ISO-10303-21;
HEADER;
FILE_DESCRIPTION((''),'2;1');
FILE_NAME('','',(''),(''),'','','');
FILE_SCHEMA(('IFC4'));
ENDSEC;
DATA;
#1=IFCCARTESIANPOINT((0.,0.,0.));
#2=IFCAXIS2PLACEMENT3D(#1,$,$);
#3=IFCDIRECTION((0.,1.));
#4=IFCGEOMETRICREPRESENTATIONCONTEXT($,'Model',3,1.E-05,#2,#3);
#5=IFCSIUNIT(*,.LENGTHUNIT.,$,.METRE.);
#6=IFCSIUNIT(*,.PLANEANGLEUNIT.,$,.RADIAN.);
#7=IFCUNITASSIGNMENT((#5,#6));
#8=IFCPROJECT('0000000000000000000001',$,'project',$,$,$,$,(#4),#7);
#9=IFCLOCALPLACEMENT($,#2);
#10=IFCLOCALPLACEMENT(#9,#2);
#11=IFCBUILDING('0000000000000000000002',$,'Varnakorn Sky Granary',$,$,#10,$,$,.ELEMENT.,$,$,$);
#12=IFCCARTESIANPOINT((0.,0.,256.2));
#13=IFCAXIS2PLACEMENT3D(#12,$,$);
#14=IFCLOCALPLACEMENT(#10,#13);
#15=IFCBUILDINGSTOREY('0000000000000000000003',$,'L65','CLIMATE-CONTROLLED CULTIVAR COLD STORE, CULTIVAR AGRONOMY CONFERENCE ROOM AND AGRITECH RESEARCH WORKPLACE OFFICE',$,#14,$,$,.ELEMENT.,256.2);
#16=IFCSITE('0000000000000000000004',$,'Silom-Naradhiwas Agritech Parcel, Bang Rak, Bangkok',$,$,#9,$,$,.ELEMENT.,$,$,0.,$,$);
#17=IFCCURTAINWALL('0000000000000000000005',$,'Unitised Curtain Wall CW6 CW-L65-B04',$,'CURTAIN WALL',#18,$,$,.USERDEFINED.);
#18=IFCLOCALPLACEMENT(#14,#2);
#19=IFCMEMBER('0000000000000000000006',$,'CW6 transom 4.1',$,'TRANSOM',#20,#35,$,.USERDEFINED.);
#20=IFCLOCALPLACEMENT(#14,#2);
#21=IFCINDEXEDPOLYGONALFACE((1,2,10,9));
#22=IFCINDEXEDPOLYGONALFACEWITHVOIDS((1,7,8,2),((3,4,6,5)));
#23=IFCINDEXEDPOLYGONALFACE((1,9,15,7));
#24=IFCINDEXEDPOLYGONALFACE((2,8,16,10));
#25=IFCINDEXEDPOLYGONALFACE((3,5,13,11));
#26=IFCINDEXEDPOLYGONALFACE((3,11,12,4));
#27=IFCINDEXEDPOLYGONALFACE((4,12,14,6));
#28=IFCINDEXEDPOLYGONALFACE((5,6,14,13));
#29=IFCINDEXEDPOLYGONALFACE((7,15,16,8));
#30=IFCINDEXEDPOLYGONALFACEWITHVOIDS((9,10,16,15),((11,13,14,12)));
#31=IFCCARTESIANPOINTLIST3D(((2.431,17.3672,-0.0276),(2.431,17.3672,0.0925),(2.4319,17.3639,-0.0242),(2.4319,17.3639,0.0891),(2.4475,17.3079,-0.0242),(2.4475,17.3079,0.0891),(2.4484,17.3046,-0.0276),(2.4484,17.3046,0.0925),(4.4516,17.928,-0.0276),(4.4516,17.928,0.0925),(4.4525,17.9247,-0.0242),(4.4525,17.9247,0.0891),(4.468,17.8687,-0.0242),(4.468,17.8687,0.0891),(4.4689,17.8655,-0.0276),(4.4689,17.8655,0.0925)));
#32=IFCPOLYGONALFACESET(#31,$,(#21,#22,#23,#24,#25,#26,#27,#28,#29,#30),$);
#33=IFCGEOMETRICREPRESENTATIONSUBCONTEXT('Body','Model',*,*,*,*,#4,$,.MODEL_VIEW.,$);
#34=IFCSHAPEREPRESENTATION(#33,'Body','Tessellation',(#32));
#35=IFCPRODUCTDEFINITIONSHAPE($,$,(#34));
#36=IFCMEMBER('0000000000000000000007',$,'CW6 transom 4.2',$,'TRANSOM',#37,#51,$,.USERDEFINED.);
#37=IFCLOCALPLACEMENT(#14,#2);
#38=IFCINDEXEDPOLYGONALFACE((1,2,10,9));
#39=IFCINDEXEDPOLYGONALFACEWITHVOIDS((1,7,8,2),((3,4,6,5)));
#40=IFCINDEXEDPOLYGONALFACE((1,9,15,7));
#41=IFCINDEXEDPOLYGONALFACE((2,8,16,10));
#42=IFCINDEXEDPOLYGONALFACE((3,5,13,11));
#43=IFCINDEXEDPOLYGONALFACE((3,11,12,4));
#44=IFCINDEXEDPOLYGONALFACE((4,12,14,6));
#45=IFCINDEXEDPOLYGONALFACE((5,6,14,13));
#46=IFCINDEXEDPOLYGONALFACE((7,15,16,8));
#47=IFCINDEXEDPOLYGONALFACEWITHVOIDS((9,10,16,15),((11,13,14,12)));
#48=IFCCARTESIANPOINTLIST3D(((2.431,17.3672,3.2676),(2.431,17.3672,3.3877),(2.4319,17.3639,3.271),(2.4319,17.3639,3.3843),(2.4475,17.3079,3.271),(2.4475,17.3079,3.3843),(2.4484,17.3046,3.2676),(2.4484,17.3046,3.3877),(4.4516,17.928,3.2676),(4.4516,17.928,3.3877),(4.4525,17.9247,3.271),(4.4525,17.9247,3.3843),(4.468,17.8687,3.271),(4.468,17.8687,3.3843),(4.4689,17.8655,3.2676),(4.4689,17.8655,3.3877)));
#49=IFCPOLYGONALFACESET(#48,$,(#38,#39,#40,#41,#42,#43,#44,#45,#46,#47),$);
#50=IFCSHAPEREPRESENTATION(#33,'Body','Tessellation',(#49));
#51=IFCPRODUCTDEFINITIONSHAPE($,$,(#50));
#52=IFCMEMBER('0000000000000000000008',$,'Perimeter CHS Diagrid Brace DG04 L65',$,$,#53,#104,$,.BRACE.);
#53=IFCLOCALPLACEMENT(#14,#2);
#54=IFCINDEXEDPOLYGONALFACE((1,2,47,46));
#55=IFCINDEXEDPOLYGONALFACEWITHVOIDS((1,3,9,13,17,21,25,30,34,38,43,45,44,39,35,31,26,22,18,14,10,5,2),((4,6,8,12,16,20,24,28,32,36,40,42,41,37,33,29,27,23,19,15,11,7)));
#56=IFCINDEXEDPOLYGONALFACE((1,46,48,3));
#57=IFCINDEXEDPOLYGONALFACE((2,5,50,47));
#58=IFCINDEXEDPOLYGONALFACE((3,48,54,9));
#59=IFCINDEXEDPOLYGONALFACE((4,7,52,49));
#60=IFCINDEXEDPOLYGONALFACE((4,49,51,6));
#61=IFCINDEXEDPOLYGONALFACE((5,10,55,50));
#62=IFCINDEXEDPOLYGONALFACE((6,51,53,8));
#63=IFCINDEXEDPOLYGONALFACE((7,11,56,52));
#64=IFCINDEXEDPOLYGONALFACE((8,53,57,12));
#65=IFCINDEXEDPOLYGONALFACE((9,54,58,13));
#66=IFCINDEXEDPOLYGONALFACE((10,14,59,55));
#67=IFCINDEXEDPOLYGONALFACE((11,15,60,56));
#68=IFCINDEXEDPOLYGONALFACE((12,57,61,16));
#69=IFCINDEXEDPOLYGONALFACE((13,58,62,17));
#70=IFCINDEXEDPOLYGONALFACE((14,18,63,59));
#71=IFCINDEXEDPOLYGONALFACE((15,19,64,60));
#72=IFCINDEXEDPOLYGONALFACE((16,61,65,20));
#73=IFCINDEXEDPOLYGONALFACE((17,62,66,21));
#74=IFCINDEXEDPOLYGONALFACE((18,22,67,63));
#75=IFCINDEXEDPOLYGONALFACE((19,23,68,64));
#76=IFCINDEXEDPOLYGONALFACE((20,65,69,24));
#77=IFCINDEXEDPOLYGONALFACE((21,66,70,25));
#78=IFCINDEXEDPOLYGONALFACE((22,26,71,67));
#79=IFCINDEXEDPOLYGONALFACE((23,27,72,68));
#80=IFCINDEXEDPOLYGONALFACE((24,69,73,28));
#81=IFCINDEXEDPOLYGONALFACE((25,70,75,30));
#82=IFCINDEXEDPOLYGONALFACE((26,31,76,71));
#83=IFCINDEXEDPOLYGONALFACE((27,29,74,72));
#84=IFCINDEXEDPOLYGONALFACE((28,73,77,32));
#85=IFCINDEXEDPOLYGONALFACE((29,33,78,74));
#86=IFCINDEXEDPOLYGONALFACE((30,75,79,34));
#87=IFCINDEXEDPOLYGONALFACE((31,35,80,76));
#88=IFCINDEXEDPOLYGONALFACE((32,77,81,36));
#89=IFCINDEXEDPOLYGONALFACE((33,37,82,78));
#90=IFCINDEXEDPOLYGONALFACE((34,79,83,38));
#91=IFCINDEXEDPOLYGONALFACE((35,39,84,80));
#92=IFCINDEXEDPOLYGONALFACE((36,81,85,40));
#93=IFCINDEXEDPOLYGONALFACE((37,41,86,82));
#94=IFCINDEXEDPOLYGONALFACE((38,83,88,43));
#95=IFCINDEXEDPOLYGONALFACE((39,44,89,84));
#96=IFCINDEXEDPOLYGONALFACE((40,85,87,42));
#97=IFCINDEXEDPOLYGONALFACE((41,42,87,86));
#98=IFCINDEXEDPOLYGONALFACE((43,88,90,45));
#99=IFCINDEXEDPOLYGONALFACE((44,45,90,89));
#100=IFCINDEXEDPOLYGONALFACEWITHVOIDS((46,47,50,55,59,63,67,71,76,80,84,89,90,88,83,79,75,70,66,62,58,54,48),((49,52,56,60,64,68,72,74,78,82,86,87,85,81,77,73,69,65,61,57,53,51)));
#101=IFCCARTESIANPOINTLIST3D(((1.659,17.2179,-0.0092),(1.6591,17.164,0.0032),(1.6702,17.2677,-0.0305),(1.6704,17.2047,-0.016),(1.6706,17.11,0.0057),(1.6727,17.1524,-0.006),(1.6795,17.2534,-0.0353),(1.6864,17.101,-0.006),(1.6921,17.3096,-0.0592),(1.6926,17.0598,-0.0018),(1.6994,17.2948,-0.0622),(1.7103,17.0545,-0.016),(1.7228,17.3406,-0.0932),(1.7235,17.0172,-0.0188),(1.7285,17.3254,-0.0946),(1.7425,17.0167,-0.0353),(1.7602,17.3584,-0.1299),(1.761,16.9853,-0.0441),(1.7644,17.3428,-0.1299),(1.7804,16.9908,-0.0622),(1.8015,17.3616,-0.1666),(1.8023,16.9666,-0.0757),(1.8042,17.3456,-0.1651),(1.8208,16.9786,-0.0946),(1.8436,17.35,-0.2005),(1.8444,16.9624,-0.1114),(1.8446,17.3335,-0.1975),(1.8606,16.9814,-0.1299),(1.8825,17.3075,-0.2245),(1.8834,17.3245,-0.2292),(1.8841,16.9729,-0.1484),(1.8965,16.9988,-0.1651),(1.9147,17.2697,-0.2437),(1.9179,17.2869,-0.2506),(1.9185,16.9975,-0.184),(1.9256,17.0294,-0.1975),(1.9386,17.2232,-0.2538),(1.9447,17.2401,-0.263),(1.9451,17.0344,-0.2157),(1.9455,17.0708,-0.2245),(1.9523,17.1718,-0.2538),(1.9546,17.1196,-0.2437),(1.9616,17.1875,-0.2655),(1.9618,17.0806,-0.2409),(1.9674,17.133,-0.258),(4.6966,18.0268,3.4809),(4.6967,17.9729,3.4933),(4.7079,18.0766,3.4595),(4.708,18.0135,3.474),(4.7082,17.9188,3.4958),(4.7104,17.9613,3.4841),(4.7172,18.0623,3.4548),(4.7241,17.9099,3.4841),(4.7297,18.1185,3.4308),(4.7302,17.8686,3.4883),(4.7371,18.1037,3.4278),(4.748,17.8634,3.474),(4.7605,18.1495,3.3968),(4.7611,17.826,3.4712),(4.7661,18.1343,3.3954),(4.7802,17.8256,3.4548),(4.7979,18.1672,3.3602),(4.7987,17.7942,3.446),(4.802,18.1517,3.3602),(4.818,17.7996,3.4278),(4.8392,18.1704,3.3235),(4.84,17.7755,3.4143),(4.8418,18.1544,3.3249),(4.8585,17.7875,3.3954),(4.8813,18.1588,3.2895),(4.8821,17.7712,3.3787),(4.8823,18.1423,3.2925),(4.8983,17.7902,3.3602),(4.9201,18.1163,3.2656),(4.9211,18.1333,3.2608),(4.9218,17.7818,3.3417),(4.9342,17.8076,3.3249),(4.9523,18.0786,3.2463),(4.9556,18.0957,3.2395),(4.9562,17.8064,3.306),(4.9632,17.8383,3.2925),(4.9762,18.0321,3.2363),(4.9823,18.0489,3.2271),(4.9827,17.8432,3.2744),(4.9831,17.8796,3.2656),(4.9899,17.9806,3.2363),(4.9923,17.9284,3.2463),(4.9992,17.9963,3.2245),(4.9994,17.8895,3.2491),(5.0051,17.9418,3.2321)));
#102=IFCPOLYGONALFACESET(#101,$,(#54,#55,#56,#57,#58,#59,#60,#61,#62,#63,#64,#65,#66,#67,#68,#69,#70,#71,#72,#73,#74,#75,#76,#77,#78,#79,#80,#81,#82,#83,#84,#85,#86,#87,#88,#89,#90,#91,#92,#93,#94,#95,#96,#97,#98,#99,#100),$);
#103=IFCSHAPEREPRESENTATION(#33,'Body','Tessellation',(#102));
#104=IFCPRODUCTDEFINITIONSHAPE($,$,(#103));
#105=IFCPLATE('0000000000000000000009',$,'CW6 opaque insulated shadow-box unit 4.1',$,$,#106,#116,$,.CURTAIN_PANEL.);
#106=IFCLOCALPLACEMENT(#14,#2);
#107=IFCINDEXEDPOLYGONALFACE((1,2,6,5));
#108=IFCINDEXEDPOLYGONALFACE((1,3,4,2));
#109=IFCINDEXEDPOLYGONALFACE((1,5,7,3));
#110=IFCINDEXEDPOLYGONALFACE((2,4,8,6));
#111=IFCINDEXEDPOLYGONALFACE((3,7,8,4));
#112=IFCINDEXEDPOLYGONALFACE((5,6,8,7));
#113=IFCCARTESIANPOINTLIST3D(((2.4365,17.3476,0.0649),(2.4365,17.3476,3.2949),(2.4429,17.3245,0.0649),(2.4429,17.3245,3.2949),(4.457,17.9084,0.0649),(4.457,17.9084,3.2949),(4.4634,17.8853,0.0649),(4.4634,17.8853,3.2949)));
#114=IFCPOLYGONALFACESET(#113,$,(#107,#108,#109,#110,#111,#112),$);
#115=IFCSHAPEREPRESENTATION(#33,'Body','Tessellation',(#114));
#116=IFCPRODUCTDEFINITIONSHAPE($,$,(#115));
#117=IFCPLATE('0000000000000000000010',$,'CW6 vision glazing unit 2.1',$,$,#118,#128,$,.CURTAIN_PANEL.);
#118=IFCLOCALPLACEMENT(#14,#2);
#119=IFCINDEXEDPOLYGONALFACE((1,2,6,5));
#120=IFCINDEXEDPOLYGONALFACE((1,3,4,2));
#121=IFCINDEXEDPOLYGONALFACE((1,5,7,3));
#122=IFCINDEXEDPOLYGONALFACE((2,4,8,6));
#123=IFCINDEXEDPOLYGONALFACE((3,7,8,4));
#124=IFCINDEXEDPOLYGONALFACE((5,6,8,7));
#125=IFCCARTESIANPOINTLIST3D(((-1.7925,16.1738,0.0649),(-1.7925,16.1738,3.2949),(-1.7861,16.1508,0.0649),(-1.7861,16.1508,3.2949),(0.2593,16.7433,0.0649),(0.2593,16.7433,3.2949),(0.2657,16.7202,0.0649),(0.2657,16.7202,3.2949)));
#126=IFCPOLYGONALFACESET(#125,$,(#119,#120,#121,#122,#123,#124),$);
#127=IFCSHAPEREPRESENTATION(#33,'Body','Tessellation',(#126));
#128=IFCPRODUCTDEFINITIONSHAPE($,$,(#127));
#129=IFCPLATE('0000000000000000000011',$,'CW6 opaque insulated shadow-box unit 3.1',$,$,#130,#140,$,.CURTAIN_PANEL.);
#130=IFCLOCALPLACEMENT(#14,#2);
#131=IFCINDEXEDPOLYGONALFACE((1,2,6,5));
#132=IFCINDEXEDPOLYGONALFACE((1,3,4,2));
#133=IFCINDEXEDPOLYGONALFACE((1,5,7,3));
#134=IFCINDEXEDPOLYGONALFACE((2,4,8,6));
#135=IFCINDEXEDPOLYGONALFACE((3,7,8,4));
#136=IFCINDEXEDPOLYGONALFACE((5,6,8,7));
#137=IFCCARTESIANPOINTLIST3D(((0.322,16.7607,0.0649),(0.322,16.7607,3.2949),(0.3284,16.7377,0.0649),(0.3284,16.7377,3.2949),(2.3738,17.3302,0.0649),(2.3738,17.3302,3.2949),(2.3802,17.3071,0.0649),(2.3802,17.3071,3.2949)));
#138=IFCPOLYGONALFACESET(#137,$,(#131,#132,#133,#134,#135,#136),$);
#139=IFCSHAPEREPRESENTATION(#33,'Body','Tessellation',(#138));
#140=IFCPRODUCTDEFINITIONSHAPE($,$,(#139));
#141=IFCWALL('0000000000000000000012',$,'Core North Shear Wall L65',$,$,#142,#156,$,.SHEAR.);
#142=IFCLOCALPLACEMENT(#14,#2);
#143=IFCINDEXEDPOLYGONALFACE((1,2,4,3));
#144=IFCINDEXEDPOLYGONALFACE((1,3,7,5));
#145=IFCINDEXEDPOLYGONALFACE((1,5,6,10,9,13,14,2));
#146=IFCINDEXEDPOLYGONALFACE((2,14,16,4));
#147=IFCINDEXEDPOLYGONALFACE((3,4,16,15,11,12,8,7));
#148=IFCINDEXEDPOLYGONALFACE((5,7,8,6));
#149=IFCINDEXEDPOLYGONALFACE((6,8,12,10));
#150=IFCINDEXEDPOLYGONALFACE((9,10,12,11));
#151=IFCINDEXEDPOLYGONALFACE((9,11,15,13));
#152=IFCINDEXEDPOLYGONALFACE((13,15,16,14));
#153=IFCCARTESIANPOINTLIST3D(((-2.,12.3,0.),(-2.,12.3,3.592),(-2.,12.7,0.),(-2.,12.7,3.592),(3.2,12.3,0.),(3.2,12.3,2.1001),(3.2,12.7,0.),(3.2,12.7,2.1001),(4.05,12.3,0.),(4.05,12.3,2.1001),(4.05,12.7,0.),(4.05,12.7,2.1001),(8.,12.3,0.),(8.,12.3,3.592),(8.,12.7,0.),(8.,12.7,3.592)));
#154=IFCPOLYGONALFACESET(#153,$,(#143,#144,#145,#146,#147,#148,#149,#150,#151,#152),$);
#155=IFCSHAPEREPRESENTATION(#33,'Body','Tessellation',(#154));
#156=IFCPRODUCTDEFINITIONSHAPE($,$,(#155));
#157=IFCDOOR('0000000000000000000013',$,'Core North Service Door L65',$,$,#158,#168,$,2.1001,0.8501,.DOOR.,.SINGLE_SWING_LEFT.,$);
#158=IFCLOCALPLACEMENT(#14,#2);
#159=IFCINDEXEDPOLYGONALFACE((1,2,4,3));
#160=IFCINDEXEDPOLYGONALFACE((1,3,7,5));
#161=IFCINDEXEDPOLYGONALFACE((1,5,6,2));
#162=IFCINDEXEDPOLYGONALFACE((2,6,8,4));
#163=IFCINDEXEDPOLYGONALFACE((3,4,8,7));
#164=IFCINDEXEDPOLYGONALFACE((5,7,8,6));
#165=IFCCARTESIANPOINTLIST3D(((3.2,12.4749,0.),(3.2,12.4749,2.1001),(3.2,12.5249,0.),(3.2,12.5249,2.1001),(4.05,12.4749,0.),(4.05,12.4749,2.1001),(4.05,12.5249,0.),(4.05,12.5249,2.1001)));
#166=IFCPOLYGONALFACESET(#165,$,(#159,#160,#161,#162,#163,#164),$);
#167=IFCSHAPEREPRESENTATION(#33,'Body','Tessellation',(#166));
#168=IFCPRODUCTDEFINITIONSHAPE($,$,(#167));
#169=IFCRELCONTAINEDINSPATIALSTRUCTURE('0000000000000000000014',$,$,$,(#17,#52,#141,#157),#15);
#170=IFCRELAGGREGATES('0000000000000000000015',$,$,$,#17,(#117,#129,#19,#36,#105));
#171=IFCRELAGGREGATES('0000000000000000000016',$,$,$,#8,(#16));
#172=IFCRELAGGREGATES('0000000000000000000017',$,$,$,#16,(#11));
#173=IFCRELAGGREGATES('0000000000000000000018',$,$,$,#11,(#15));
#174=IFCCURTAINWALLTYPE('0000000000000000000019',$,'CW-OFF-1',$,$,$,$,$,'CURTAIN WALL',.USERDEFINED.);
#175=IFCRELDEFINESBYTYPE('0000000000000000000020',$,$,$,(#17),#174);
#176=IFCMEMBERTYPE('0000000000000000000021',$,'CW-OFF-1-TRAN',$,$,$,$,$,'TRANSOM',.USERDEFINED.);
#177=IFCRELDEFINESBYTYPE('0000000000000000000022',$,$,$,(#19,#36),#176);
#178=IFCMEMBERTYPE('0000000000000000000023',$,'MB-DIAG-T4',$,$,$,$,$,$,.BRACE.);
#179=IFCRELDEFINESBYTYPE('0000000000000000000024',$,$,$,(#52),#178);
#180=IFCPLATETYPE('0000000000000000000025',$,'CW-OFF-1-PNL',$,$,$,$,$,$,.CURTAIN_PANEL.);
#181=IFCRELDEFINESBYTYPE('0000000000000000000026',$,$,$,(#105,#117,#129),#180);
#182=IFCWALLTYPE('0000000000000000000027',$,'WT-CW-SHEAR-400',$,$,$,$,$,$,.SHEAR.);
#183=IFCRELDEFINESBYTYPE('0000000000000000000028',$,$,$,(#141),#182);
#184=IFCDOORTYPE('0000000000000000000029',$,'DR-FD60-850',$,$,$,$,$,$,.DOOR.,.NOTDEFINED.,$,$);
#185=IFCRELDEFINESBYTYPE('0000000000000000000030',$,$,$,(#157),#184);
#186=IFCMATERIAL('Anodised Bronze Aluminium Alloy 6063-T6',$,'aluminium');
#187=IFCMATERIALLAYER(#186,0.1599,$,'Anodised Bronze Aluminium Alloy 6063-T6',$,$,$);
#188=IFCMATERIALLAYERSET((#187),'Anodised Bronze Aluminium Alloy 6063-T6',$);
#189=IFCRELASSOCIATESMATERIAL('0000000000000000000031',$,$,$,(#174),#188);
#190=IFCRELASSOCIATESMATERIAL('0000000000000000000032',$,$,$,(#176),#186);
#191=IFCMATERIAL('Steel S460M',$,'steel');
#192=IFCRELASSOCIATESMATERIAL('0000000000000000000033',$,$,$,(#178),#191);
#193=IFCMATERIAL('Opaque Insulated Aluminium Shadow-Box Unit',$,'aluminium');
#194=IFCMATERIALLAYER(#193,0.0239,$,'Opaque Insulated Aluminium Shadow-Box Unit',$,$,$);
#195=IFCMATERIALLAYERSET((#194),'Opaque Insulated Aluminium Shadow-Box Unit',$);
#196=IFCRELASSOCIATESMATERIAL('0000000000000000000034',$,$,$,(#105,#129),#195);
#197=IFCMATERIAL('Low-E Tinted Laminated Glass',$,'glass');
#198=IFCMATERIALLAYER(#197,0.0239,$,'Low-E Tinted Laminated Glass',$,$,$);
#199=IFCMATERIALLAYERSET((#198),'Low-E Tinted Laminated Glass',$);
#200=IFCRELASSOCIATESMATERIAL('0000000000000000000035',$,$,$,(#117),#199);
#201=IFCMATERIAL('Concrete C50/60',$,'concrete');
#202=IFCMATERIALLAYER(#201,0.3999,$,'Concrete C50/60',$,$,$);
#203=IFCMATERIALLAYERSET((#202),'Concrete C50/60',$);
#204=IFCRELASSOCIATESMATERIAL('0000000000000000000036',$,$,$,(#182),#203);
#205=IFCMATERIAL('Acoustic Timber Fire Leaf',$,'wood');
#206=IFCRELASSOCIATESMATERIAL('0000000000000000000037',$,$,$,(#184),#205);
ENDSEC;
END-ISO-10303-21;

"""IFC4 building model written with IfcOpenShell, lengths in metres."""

from ifc_helpers import new_model, si_unit, direction, frame, frame_2d, origin, origin_2d, place, context, subcontext, project, spatial, rectangle, hollow_rectangle, hollow_circle, extrude, source, transform, mapped, material, layer, layer_set, material_profile, profile_set, type_object, type_shapes, element, fill, aggregate, save


model = new_model("IFC4")

# Units and contexts
model_context = context("Model", 3, precision=1e-05, world=origin(), true_north=direction((0.0, 1.0)))
body_context = subcontext(model_context, "Body", "Model", "MODEL_VIEW")
ifc_project = project(units=[si_unit("LENGTHUNIT", "METRE"), si_unit("PLANEANGLEUNIT", "RADIAN")], contexts=[model_context])

# Site, building, storey
site_placement = place(None, origin())
site = spatial("IfcSite", under=ifc_project, at=site_placement, Name="Silom-Naradhiwas Agritech Parcel, Bang Rak, Bangkok", CompositionType="ELEMENT", RefElevation=0.0)
building_placement = place(site_placement, origin())
building = spatial("IfcBuilding", under=site, at=building_placement, Name="Varnakorn Sky Granary", CompositionType="ELEMENT")
storey_placement = place(building_placement, frame((0.0, 0.0, 256.2)))
storey = spatial("IfcBuildingStorey", under=building, at=storey_placement, Name="L65", Description="CLIMATE-CONTROLLED CULTIVAR COLD STORE, CULTIVAR AGRONOMY CONFERENCE ROOM AND AGRITECH RESEARCH WORKPLACE OFFICE", CompositionType="ELEMENT", Elevation=256.2)

# Curtain wall, members
ifc_material_1 = material(Name="Anodised Bronze Aluminium Alloy 6063-T6", Category="aluminium")
ifc_layer_1 = layer(ifc_material_1, 0.1599, Name="Anodised Bronze Aluminium Alloy 6063-T6")
ifc_layer_set_1 = layer_set([ifc_layer_1], Name="Anodised Bronze Aluminium Alloy 6063-T6")
curtain_wall_type = type_object("IfcCurtainWallType", Name="CW-OFF-1", ElementType="CURTAIN WALL", PredefinedType="USERDEFINED", material=ifc_layer_set_1)
curtain_wall_placement = place(storey_placement, origin())
curtain_wall = element("IfcCurtainWall", 1, at=curtain_wall_placement, inside=storey, type_object=curtain_wall_type, Name="Unitised Curtain Wall CW6 CW-L65-B04", ObjectType="CURTAIN WALL", PredefinedType="USERDEFINED")
ifc_material_profile_1 = material_profile(ifc_material_1, hollow_rectangle(XDim=0.0649, YDim=0.1201, WallThickness=0.0034, at=origin_2d()), Name="ALU TRAN 65x120")
ifc_profile_set_1 = profile_set([ifc_material_profile_1], Name="Anodised Bronze Aluminium Alloy 6063-T6")
member_type_1 = type_object("IfcMemberType", Name="CW-OFF-1-TRAN", ElementType="TRANSOM", PredefinedType="USERDEFINED", material=ifc_profile_set_1)
member_1_placement = place(storey_placement, frame((2.4397, 17.3359, 0.0325), z_axis=(0.963575, 0.26744, 0.0), x_axis=(-0.26744, 0.963575, 0.0)))
member_1 = element("IfcMember", 2, at=member_1_placement, type_object=member_type_1, Name="CW6 transom 4.1", ObjectType="TRANSOM", PredefinedType="USERDEFINED", context=body_context, shape_type="SweptSolid", body=[
    extrude(hollow_rectangle(XDim=0.0649, YDim=0.1201, WallThickness=0.0034, at=origin_2d()), origin(), (0.0, 0.0, 1.0), 2.0969),
])
member_2_placement = place(storey_placement, frame((2.4397, 17.3359, 3.3276), z_axis=(0.963575, 0.26744, 0.0), x_axis=(-0.26744, 0.963575, 0.0)))
member_2 = element("IfcMember", 3, at=member_2_placement, type_object=member_type_1, Name="CW6 transom 4.2", ObjectType="TRANSOM", PredefinedType="USERDEFINED", context=body_context, shape_type="SweptSolid", body=[
    extrude(hollow_rectangle(XDim=0.0649, YDim=0.1201, WallThickness=0.0034, at=origin_2d()), origin(), (0.0, 0.0, 1.0), 2.0969),
])

# Member
ifc_material_2 = material(Name="Steel S460M", Category="steel")
ifc_material_profile_2 = material_profile(ifc_material_2, hollow_circle(Radius=0.2031, WallThickness=0.0161, at=origin_2d()), Name="CHS 406.4x16")
ifc_profile_set_2 = profile_set([ifc_material_profile_2], Name="Steel S460M")
member_type_2 = type_object("IfcMemberType", Name="MB-DIAG-T4", PredefinedType="BRACE", material=ifc_profile_set_2)
member_3_placement = place(storey_placement, frame((1.8125, 17.1621, -0.1299), z_axis=(0.646718, 0.172205, 0.743035), x_axis=(-0.25731, 0.966329, 0.0)))
element("IfcMember", 4, at=member_3_placement, inside=storey, type_object=member_type_2, Name="Perimeter CHS Diagrid Brace DG04 L65", PredefinedType="BRACE", context=body_context, shape_type="SweptSolid", body=[
    extrude(hollow_circle(Radius=0.2031, WallThickness=0.0161, at=origin_2d()), origin(), (0.0, 0.0, 1.0), 4.697),
])

# Plates
ifc_material_3 = material(Name="Opaque Insulated Aluminium Shadow-Box Unit", Category="aluminium")
ifc_layer_2 = layer(ifc_material_3, 0.0239, Name="Opaque Insulated Aluminium Shadow-Box Unit")
ifc_layer_set_2 = layer_set([ifc_layer_2], Name="Opaque Insulated Aluminium Shadow-Box Unit")
plate_type = type_object("IfcPlateType", Name="CW-OFF-1-PNL", PredefinedType="CURTAIN_PANEL")
shared_shape_1 = source(origin(), body_context, "Body", "SweptSolid", [
    extrude(rectangle(XDim=2.0969, YDim=0.0239, at=origin_2d()), origin(), (0.0, 0.0, 1.0), 3.23),
])
plate_1_placement = place(storey_placement, frame((3.45, 17.6165, 0.0649), z_axis=(0.0, 0.0, 1.0), x_axis=(0.963577, 0.267429, 0.0)))
plate_1 = element("IfcPlate", 5, at=plate_1_placement, type_object=plate_type, material=ifc_layer_set_2, Name="CW6 opaque insulated shadow-box unit 4.1", PredefinedType="CURTAIN_PANEL", context=body_context, shape_type="MappedRepresentation", body=[
    mapped(shared_shape_1, transform((0.0, 0.0, 0.0), x_axis=(1.0, 0.0, 0.0), y_axis=(0.0, 1.0, 0.0), z_axis=(0.0, 0.0, 1.0), scale=1.0)),
])
ifc_material_4 = material(Name="Low-E Tinted Laminated Glass", Category="glass")
ifc_layer_3 = layer(ifc_material_4, 0.0239, Name="Low-E Tinted Laminated Glass")
ifc_layer_set_3 = layer_set([ifc_layer_3], Name="Low-E Tinted Laminated Glass")
shared_shape_2 = source(origin(), body_context, "Body", "SweptSolid", [
    extrude(rectangle(XDim=2.1294, YDim=0.0239, at=origin_2d()), origin(), (0.0, 0.0, 1.0), 3.23),
])
type_shapes(plate_type, [shared_shape_1, shared_shape_2])
plate_2_placement = place(storey_placement, frame((-0.7634, 16.447, 0.0649), z_axis=(0.0, 0.0, 1.0), x_axis=(0.963577, 0.267429, 0.0)))
plate_2 = element("IfcPlate", 6, at=plate_2_placement, type_object=plate_type, material=ifc_layer_set_3, Name="CW6 vision glazing unit 2.1", PredefinedType="CURTAIN_PANEL", context=body_context, shape_type="MappedRepresentation", body=[
    mapped(shared_shape_2, transform((0.0, 0.0, 0.0), x_axis=(1.0, 0.0, 0.0), y_axis=(0.0, 1.0, 0.0), z_axis=(0.0, 0.0, 1.0), scale=1.0)),
])
plate_3_placement = place(storey_placement, frame((1.3511, 17.0339, 0.0649), z_axis=(0.0, 0.0, 1.0), x_axis=(0.963577, 0.267429, 0.0)))
plate_3 = element("IfcPlate", 7, at=plate_3_placement, type_object=plate_type, material=ifc_layer_set_2, Name="CW6 opaque insulated shadow-box unit 3.1", PredefinedType="CURTAIN_PANEL", context=body_context, shape_type="MappedRepresentation", body=[
    mapped(shared_shape_2, transform((0.0, 0.0, 0.0), x_axis=(1.0, 0.0, 0.0), y_axis=(0.0, 1.0, 0.0), z_axis=(0.0, 0.0, 1.0), scale=1.0)),
])
aggregate(curtain_wall, [plate_2, plate_3, member_1, member_2, plate_1])

# Wall, opening, door
ifc_material_5 = material(Name="Concrete C50/60", Category="concrete")
ifc_layer_4 = layer(ifc_material_5, 0.3999, Name="Concrete C50/60")
ifc_layer_set_4 = layer_set([ifc_layer_4], Name="Concrete C50/60")
wall_type_1 = type_object("IfcWallType", Name="WT-CW-SHEAR-400", PredefinedType="SHEAR", material=ifc_layer_set_4)
wall_1_placement = place(storey_placement, frame((-2.0, 12.5, 0.0), z_axis=(0.0, 0.0, 1.0), x_axis=(1.0, 0.0, 0.0)))
wall_1 = element("IfcWall", 8, at=wall_1_placement, inside=storey, type_object=wall_type_1, Name="Core North Shear Wall L65", PredefinedType="SHEAR", context=body_context, shape_type="SweptSolid", body=[
    extrude(rectangle(XDim=10.0, YDim=0.3999, at=frame_2d((5.0, 0.0))), origin(), (0.0, 0.0, 1.0), 3.592),
])
opening_placement = place(wall_1_placement, frame((5.2, 0.0, 0.0)))
opening = element("IfcOpeningElement", 9, at=opening_placement, cuts=wall_1, PredefinedType="OPENING", context=body_context, shape_type="SweptSolid", body=[
    extrude(rectangle(XDim=0.8501, YDim=2.1001, at=frame_2d((0.425, 1.05))), frame((0.0, 0.21, 0.0), z_axis=(0.0, -1.0, 0.0), x_axis=(1.0, 0.0, 0.0)), (0.0, 0.0, 1.0), 0.4199),
])
ifc_material_6 = material(Name="Acoustic Timber Fire Leaf", Category="wood")
door_type = type_object("IfcDoorType", Name="DR-FD60-850", OperationType="NOTDEFINED", PredefinedType="DOOR", material=ifc_material_6)
door_placement = place(opening_placement, origin())
door = element("IfcDoor", 10, at=door_placement, inside=storey, type_object=door_type, Name="Core North Service Door L65", OperationType="SINGLE_SWING_LEFT", OverallHeight=2.1001, OverallWidth=0.8501, PredefinedType="DOOR", context=body_context, shape_type="SweptSolid", body=[
    extrude(rectangle(XDim=0.8501, YDim=2.1001, at=frame_2d((0.425, 1.05))), frame((0.0, 0.0249, 0.0), z_axis=(0.0, -1.0, 0.0), x_axis=(1.0, 0.0, 0.0)), (0.0, 0.0, 1.0), 0.05),
])
fill(opening, door)

save(model, "model.ifc")
